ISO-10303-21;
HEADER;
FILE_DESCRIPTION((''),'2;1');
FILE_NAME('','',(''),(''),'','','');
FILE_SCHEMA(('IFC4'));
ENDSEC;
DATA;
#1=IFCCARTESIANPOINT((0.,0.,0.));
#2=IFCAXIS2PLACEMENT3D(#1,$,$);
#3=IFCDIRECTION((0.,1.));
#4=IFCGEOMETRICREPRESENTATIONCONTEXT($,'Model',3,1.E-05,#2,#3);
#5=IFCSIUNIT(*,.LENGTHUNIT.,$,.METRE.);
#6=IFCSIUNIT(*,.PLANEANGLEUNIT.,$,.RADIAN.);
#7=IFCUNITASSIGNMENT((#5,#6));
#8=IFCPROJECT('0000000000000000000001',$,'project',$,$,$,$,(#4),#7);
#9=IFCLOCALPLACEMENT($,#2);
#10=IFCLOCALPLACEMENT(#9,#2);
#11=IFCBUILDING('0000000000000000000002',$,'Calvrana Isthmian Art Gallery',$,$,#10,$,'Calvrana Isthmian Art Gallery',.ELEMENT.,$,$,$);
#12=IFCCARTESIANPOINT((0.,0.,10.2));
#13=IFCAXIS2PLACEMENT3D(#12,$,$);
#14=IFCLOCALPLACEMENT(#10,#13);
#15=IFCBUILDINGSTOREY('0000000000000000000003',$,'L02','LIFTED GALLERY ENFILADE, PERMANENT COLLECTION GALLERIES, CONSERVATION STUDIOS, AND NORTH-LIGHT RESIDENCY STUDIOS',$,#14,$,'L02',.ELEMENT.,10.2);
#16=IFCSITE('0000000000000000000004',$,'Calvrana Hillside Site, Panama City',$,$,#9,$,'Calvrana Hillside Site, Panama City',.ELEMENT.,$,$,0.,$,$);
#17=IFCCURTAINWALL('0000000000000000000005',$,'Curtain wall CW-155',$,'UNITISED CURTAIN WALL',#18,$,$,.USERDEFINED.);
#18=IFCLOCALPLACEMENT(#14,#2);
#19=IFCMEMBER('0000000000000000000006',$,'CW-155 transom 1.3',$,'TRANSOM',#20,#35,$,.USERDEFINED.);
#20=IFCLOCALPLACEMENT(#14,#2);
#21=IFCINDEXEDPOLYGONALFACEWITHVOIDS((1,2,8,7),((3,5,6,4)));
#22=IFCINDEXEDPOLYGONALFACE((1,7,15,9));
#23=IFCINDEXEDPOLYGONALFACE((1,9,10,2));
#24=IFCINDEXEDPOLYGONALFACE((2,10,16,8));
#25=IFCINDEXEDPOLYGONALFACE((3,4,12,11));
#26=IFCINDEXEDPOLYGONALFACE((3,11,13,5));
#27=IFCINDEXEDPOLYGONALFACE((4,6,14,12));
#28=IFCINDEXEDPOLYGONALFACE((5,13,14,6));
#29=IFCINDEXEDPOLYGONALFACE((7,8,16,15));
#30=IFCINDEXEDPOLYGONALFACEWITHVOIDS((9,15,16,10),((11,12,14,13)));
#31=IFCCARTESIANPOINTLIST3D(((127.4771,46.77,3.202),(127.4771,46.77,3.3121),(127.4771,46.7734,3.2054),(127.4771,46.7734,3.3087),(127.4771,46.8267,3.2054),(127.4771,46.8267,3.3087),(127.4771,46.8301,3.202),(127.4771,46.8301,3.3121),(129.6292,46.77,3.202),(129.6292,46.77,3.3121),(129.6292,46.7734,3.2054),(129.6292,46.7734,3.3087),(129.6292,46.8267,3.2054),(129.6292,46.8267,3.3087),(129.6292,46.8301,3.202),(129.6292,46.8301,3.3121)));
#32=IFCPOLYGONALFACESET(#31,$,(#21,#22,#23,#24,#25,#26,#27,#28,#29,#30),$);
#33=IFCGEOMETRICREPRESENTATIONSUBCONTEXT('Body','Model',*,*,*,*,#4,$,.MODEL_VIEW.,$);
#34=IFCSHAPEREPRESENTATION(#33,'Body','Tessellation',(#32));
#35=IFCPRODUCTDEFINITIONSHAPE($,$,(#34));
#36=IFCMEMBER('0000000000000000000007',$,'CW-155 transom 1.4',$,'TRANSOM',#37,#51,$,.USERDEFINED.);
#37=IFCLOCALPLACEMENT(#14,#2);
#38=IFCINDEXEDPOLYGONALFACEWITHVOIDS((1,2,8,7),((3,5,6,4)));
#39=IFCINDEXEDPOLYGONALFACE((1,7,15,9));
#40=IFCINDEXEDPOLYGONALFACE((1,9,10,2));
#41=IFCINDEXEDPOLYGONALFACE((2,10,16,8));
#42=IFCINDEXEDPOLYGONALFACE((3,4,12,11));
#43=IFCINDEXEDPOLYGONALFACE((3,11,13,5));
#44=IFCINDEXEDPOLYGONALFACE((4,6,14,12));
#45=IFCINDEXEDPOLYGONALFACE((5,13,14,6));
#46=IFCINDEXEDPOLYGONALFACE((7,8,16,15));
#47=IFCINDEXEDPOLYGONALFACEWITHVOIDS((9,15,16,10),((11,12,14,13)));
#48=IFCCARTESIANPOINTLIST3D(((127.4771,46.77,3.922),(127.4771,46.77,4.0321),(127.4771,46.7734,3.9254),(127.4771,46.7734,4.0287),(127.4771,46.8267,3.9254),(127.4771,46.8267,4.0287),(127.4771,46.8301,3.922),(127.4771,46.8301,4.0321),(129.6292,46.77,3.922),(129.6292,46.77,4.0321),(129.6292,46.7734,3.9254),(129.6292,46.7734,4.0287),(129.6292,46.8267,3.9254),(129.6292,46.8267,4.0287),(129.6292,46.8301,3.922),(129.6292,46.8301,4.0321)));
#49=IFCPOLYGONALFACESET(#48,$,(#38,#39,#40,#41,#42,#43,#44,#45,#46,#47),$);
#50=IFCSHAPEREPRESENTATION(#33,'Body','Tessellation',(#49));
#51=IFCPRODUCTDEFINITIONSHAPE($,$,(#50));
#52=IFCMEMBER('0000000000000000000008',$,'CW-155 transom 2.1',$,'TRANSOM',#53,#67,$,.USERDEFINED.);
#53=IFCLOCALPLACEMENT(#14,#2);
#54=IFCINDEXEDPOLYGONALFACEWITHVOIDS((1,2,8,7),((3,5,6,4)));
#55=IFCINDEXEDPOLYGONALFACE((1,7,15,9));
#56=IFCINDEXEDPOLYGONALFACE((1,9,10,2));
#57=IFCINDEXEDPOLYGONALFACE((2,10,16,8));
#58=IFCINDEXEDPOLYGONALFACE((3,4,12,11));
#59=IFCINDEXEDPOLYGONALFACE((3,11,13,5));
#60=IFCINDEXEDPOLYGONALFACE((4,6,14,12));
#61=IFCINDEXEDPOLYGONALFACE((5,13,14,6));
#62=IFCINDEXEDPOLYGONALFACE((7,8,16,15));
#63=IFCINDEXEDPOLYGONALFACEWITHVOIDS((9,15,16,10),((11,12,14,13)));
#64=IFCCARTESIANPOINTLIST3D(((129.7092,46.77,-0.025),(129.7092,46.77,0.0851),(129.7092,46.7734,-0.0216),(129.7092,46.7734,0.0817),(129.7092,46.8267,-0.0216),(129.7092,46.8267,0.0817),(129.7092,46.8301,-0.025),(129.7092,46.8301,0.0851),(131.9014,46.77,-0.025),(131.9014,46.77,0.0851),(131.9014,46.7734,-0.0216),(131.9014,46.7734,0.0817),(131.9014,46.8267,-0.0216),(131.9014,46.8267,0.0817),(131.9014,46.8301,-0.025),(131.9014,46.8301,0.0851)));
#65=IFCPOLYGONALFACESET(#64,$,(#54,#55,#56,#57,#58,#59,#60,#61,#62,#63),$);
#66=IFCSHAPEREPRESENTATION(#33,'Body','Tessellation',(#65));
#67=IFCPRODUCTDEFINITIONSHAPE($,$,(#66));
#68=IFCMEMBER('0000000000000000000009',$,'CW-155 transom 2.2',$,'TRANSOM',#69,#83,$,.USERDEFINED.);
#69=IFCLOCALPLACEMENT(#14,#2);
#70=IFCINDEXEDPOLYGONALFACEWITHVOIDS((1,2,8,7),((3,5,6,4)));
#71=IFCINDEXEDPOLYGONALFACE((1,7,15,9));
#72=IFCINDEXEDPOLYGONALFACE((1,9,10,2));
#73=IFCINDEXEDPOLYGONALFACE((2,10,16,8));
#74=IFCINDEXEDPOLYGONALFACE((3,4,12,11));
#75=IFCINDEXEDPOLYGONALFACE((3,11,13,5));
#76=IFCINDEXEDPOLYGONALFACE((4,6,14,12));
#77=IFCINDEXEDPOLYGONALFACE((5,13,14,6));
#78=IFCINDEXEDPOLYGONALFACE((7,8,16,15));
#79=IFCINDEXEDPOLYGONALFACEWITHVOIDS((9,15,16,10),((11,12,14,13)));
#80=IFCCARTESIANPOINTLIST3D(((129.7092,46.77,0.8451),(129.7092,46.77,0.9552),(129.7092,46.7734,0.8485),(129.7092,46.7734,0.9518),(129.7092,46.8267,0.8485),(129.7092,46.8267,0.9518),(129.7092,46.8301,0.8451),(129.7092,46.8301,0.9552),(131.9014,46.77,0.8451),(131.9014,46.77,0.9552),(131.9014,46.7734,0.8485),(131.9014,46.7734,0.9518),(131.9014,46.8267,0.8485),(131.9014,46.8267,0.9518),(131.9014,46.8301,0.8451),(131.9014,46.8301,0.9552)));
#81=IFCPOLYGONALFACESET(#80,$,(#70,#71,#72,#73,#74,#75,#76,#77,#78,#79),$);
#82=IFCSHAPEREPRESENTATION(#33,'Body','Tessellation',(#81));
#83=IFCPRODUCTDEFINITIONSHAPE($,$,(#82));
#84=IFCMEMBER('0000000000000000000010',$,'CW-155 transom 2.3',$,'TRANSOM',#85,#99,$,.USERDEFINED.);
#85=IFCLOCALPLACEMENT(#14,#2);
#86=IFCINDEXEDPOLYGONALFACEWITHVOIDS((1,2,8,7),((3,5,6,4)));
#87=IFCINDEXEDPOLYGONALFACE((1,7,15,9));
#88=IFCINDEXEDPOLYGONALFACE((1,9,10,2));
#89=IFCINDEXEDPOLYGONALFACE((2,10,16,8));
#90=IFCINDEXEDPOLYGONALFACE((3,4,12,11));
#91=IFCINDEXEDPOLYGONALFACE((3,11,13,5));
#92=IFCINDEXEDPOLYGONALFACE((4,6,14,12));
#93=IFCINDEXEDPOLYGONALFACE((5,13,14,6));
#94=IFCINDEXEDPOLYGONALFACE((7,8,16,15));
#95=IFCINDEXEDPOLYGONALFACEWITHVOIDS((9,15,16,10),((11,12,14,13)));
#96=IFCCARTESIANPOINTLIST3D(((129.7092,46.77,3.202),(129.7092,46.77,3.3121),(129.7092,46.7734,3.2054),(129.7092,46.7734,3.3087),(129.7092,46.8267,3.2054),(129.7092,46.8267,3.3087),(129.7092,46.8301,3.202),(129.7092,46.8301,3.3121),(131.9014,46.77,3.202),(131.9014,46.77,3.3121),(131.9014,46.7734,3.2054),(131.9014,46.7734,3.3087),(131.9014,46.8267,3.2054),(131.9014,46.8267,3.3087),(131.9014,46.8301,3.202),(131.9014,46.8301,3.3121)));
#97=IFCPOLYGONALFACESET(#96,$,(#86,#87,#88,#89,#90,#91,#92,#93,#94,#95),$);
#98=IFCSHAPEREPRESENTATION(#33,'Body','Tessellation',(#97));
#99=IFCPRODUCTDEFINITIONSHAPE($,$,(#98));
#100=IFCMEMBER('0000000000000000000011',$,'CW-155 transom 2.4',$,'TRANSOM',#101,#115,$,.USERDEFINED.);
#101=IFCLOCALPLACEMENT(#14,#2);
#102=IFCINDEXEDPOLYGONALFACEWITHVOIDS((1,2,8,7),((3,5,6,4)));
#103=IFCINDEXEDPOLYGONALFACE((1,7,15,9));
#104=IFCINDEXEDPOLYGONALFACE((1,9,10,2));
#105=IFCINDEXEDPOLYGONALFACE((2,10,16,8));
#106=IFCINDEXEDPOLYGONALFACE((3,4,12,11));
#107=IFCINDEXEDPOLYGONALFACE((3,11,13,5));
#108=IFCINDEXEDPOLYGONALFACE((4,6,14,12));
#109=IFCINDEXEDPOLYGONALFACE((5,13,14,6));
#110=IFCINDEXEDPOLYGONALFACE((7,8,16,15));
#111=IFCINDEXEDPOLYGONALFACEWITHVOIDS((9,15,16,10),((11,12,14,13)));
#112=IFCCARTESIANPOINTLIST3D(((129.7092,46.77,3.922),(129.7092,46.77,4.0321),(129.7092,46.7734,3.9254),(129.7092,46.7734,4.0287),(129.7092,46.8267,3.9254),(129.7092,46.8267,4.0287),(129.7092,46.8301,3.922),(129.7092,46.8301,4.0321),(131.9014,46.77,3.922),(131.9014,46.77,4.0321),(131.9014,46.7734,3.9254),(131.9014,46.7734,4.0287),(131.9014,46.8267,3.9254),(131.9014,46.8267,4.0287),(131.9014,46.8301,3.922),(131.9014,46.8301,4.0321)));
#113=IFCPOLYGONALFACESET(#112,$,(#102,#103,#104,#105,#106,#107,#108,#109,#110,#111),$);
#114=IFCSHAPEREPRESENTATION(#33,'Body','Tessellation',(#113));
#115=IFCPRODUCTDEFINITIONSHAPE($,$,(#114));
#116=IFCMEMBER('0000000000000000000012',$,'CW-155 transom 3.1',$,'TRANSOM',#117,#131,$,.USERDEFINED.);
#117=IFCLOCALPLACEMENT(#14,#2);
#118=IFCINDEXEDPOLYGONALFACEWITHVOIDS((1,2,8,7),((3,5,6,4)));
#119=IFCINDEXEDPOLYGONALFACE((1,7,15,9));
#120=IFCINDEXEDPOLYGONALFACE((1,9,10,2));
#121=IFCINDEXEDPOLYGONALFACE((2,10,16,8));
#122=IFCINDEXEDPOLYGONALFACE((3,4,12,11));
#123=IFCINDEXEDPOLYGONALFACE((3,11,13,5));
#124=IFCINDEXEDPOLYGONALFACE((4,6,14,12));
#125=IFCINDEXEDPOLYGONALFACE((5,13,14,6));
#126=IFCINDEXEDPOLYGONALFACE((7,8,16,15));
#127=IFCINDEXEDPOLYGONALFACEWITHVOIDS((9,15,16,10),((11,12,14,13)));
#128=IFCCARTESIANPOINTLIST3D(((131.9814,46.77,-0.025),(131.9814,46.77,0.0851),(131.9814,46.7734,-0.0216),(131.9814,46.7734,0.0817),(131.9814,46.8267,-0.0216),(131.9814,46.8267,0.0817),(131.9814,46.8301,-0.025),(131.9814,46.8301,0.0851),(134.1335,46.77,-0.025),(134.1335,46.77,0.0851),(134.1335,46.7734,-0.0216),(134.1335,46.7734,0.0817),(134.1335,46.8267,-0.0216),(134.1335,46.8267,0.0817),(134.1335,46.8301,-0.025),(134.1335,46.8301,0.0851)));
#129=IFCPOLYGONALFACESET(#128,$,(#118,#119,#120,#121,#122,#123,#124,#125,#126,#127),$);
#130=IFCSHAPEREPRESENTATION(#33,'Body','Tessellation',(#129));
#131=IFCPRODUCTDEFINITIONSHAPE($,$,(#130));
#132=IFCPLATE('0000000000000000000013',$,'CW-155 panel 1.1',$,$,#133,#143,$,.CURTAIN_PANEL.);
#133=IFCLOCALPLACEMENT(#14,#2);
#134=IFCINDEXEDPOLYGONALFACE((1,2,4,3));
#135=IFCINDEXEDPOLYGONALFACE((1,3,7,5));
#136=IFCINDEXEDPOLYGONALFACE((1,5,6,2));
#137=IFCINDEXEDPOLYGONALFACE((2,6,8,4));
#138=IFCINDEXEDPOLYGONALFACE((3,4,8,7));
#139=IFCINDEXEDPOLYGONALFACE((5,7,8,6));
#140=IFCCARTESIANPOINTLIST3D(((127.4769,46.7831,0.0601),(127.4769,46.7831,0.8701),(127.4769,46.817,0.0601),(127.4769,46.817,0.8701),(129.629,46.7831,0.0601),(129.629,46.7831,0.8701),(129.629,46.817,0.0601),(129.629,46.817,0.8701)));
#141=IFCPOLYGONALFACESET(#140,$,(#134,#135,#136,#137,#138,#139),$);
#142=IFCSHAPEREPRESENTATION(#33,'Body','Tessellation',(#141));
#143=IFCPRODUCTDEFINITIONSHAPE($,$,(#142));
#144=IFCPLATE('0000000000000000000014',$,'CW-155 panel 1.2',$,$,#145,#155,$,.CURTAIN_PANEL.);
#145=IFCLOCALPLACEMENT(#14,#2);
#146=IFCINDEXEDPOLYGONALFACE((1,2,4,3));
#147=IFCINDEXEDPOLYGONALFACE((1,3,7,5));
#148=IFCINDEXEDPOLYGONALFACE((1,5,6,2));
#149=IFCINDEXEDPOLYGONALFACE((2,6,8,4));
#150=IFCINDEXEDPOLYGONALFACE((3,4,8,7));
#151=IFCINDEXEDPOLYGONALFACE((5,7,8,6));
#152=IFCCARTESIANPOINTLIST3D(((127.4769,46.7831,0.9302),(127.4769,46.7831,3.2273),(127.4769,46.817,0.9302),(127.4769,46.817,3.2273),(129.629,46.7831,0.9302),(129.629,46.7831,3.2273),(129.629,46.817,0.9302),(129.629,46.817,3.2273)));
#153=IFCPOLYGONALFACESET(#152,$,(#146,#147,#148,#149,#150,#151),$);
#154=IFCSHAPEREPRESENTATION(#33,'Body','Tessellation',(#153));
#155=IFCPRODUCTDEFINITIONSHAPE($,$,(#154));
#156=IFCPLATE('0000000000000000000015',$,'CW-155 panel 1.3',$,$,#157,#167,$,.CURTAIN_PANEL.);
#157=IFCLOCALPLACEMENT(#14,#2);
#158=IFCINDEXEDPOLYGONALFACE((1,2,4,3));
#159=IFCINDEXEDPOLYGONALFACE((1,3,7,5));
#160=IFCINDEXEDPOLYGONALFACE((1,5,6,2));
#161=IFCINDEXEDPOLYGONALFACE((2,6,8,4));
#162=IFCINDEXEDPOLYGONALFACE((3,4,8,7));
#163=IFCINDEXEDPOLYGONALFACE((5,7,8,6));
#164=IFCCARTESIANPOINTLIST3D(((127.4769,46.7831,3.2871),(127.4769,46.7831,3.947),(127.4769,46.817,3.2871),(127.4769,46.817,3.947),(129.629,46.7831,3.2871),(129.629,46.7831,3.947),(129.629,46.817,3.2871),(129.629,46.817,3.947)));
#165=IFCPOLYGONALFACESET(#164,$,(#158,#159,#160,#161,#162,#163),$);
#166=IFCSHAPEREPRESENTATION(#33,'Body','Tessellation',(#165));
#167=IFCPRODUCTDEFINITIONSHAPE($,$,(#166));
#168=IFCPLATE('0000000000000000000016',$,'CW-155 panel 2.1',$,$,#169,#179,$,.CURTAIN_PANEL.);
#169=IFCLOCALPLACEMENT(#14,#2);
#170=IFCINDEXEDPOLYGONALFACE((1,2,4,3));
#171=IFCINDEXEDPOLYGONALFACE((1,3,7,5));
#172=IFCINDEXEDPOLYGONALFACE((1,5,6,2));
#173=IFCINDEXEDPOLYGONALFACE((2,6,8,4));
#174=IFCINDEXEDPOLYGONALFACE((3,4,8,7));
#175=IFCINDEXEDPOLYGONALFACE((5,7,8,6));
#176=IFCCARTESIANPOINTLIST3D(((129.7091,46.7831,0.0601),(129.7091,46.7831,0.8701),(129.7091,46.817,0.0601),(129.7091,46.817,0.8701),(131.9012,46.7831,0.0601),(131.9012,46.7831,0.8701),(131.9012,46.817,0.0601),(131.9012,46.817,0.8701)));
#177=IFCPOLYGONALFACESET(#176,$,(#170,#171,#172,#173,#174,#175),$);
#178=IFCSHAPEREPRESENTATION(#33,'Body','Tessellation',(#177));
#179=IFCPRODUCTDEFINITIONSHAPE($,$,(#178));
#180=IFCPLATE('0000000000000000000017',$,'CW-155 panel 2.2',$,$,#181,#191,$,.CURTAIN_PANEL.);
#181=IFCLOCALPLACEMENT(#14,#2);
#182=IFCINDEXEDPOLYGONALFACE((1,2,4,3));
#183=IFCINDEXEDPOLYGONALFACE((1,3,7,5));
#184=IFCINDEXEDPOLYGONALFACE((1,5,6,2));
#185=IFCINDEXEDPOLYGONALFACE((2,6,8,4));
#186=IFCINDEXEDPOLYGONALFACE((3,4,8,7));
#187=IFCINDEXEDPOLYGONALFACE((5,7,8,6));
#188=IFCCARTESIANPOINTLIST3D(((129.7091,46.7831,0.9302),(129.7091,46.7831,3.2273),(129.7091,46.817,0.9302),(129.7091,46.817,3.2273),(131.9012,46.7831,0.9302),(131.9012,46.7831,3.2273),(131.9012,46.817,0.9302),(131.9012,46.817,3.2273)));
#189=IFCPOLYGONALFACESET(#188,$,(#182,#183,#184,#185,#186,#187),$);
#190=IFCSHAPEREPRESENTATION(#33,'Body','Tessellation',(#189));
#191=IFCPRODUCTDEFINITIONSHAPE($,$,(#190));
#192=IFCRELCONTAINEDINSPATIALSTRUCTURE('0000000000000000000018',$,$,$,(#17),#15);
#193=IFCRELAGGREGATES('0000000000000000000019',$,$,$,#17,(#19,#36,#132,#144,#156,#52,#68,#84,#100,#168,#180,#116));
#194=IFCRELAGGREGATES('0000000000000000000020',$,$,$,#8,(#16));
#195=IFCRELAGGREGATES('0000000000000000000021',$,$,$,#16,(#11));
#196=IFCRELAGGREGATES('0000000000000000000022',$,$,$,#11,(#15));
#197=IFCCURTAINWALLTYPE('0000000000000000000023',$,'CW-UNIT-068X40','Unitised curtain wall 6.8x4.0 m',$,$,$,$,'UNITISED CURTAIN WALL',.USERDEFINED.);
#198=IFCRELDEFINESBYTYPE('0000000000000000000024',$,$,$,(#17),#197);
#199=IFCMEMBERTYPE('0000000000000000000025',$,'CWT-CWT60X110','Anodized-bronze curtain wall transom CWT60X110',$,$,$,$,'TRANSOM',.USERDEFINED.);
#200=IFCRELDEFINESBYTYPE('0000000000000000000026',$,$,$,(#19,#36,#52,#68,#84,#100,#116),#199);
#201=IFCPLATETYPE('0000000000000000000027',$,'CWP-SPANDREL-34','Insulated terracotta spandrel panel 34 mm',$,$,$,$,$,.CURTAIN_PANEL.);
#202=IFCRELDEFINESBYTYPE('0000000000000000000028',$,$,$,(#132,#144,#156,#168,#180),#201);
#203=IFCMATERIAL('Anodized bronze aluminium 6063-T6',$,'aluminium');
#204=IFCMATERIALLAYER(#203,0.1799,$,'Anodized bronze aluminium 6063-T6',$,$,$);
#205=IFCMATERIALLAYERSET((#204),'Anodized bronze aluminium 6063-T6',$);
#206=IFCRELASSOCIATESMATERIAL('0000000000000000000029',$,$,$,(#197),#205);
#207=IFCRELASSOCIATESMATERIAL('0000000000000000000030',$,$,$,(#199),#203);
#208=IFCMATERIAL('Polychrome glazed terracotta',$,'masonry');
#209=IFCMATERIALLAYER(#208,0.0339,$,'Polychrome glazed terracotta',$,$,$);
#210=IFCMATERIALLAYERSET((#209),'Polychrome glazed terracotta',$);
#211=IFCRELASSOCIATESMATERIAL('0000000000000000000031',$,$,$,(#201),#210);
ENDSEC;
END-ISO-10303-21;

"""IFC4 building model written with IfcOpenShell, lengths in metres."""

from ifc_helpers import new_model, si_unit, direction, frame, origin, origin_2d, place, context, subcontext, project, spatial, rectangle, hollow_rectangle, extrude, material, layer, layer_set, material_profile, profile_set, type_object, element, aggregate, save


model = new_model("IFC4")

# Units and contexts
model_context = context("Model", 3, precision=1e-05, world=origin(), true_north=direction((0.0, 1.0)))
body_context = subcontext(model_context, "Body", "Model", "MODEL_VIEW")
ifc_project = project(units=[si_unit("LENGTHUNIT", "METRE"), si_unit("PLANEANGLEUNIT", "RADIAN")], contexts=[model_context])

# Site, building, storey
site_placement = place(None, origin())
site = spatial("IfcSite", under=ifc_project, at=site_placement, Name="Calvrana Hillside Site, Panama City", LongName="Calvrana Hillside Site, Panama City", CompositionType="ELEMENT", RefElevation=0.0)
building_placement = place(site_placement, origin())
building = spatial("IfcBuilding", under=site, at=building_placement, Name="Calvrana Isthmian Art Gallery", LongName="Calvrana Isthmian Art Gallery", CompositionType="ELEMENT")
storey_placement = place(building_placement, frame((0.0, 0.0, 10.2)))
storey = spatial("IfcBuildingStorey", under=building, at=storey_placement, Name="L02", Description="LIFTED GALLERY ENFILADE, PERMANENT COLLECTION GALLERIES, CONSERVATION STUDIOS, AND NORTH-LIGHT RESIDENCY STUDIOS", LongName="L02", CompositionType="ELEMENT", Elevation=10.2)

# Curtain wall, members, plates
ifc_material_1 = material(Name="Anodized bronze aluminium 6063-T6", Category="aluminium")
ifc_layer_1 = layer(ifc_material_1, 0.1799, Name="Anodized bronze aluminium 6063-T6")
ifc_layer_set_1 = layer_set([ifc_layer_1], Name="Anodized bronze aluminium 6063-T6")
curtain_wall_type = type_object("IfcCurtainWallType", Name="CW-UNIT-068X40", Description="Unitised curtain wall 6.8x4.0 m", ElementType="UNITISED CURTAIN WALL", PredefinedType="USERDEFINED", material=ifc_layer_set_1)
curtain_wall_placement = place(storey_placement, origin())
curtain_wall = element("IfcCurtainWall", 1, at=curtain_wall_placement, inside=storey, type_object=curtain_wall_type, Name="Curtain wall CW-155", ObjectType="UNITISED CURTAIN WALL", PredefinedType="USERDEFINED")
ifc_material_profile_1 = material_profile(ifc_material_1, hollow_rectangle(XDim=0.0601, YDim=0.1101, WallThickness=0.0034, at=origin_2d()), Name="CWT60X110")
ifc_profile_set_1 = profile_set([ifc_material_profile_1], Name="Anodized bronze aluminium 6063-T6")
member_type_1 = type_object("IfcMemberType", Name="CWT-CWT60X110", Description="Anodized-bronze curtain wall transom CWT60X110", ElementType="TRANSOM", PredefinedType="USERDEFINED", material=ifc_profile_set_1)
member_1_placement = place(storey_placement, frame((127.4771, 46.8, 3.2571), z_axis=(1.0, 0.0, 0.0), x_axis=(0.0, 1.0, 0.0)))
member_1 = element("IfcMember", 2, at=member_1_placement, type_object=member_type_1, Name="CW-155 transom 1.3", ObjectType="TRANSOM", PredefinedType="USERDEFINED", context=body_context, shape_type="SweptSolid", body=[
    extrude(hollow_rectangle(XDim=0.0601, YDim=0.1101, WallThickness=0.0034, at=origin_2d()), origin(), (0.0, 0.0, 1.0), 2.1521),
])
member_2_placement = place(storey_placement, frame((127.4771, 46.8, 3.9771), z_axis=(1.0, 0.0, 0.0), x_axis=(0.0, 1.0, 0.0)))
member_2 = element("IfcMember", 3, at=member_2_placement, type_object=member_type_1, Name="CW-155 transom 1.4", ObjectType="TRANSOM", PredefinedType="USERDEFINED", context=body_context, shape_type="SweptSolid", body=[
    extrude(hollow_rectangle(XDim=0.0601, YDim=0.1101, WallThickness=0.0034, at=origin_2d()), origin(), (0.0, 0.0, 1.0), 2.1521),
])
member_3_placement = place(storey_placement, frame((129.7092, 46.8, 0.03), z_axis=(1.0, 0.0, 0.0), x_axis=(0.0, 1.0, 0.0)))
member_3 = element("IfcMember", 4, at=member_3_placement, type_object=member_type_1, Name="CW-155 transom 2.1", ObjectType="TRANSOM", PredefinedType="USERDEFINED", context=body_context, shape_type="SweptSolid", body=[
    extrude(hollow_rectangle(XDim=0.0601, YDim=0.1101, WallThickness=0.0034, at=origin_2d()), origin(), (0.0, 0.0, 1.0), 2.1921),
])
member_4_placement = place(storey_placement, frame((129.7092, 46.8, 0.9001), z_axis=(1.0, 0.0, 0.0), x_axis=(0.0, 1.0, 0.0)))
member_4 = element("IfcMember", 5, at=member_4_placement, type_object=member_type_1, Name="CW-155 transom 2.2", ObjectType="TRANSOM", PredefinedType="USERDEFINED", context=body_context, shape_type="SweptSolid", body=[
    extrude(hollow_rectangle(XDim=0.0601, YDim=0.1101, WallThickness=0.0034, at=origin_2d()), origin(), (0.0, 0.0, 1.0), 2.1921),
])
member_5_placement = place(storey_placement, frame((129.7092, 46.8, 3.2571), z_axis=(1.0, 0.0, 0.0), x_axis=(0.0, 1.0, 0.0)))
member_5 = element("IfcMember", 6, at=member_5_placement, type_object=member_type_1, Name="CW-155 transom 2.3", ObjectType="TRANSOM", PredefinedType="USERDEFINED", context=body_context, shape_type="SweptSolid", body=[
    extrude(hollow_rectangle(XDim=0.0601, YDim=0.1101, WallThickness=0.0034, at=origin_2d()), origin(), (0.0, 0.0, 1.0), 2.1921),
])
member_6_placement = place(storey_placement, frame((129.7092, 46.8, 3.9771), z_axis=(1.0, 0.0, 0.0), x_axis=(0.0, 1.0, 0.0)))
member_6 = element("IfcMember", 7, at=member_6_placement, type_object=member_type_1, Name="CW-155 transom 2.4", ObjectType="TRANSOM", PredefinedType="USERDEFINED", context=body_context, shape_type="SweptSolid", body=[
    extrude(hollow_rectangle(XDim=0.0601, YDim=0.1101, WallThickness=0.0034, at=origin_2d()), origin(), (0.0, 0.0, 1.0), 2.1921),
])
member_7_placement = place(storey_placement, frame((131.9814, 46.8, 0.03), z_axis=(1.0, 0.0, 0.0), x_axis=(0.0, 1.0, 0.0)))
member_7 = element("IfcMember", 8, at=member_7_placement, type_object=member_type_1, Name="CW-155 transom 3.1", ObjectType="TRANSOM", PredefinedType="USERDEFINED", context=body_context, shape_type="SweptSolid", body=[
    extrude(hollow_rectangle(XDim=0.0601, YDim=0.1101, WallThickness=0.0034, at=origin_2d()), origin(), (0.0, 0.0, 1.0), 2.1521),
])
ifc_material_2 = material(Name="Polychrome glazed terracotta", Category="masonry")
ifc_layer_2 = layer(ifc_material_2, 0.0339, Name="Polychrome glazed terracotta")
ifc_layer_set_2 = layer_set([ifc_layer_2], Name="Polychrome glazed terracotta")
plate_type_1 = type_object("IfcPlateType", Name="CWP-SPANDREL-34", Description="Insulated terracotta spandrel panel 34 mm", PredefinedType="CURTAIN_PANEL", material=ifc_layer_set_2)
plate_1_placement = place(storey_placement, frame((128.553, 46.8, 0.0601), z_axis=(0.0, 0.0, 1.0), x_axis=(1.0, 0.0, 0.0)))
plate_1 = element("IfcPlate", 9, at=plate_1_placement, type_object=plate_type_1, Name="CW-155 panel 1.1", PredefinedType="CURTAIN_PANEL", context=body_context, shape_type="SweptSolid", body=[
    extrude(rectangle(XDim=2.1521, YDim=0.0339, at=origin_2d()), origin(), (0.0, 0.0, 1.0), 0.8101),
])
plate_2_placement = place(storey_placement, frame((128.553, 46.8, 0.9302), z_axis=(0.0, 0.0, 1.0), x_axis=(1.0, 0.0, 0.0)))
plate_2 = element("IfcPlate", 10, at=plate_2_placement, type_object=plate_type_1, Name="CW-155 panel 1.2", PredefinedType="CURTAIN_PANEL", context=body_context, shape_type="SweptSolid", body=[
    extrude(rectangle(XDim=2.1521, YDim=0.0339, at=origin_2d()), origin(), (0.0, 0.0, 1.0), 2.2971),
])
plate_3_placement = place(storey_placement, frame((128.553, 46.8, 3.2871), z_axis=(0.0, 0.0, 1.0), x_axis=(1.0, 0.0, 0.0)))
plate_3 = element("IfcPlate", 11, at=plate_3_placement, type_object=plate_type_1, Name="CW-155 panel 1.3", PredefinedType="CURTAIN_PANEL", context=body_context, shape_type="SweptSolid", body=[
    extrude(rectangle(XDim=2.1521, YDim=0.0339, at=origin_2d()), origin(), (0.0, 0.0, 1.0), 0.6599),
])
plate_4_placement = place(storey_placement, frame((130.8052, 46.8, 0.0601), z_axis=(0.0, 0.0, 1.0), x_axis=(1.0, 0.0, 0.0)))
plate_4 = element("IfcPlate", 12, at=plate_4_placement, type_object=plate_type_1, Name="CW-155 panel 2.1", PredefinedType="CURTAIN_PANEL", context=body_context, shape_type="SweptSolid", body=[
    extrude(rectangle(XDim=2.1921, YDim=0.0339, at=origin_2d()), origin(), (0.0, 0.0, 1.0), 0.8101),
])
plate_5_placement = place(storey_placement, frame((130.8052, 46.8, 0.9302), z_axis=(0.0, 0.0, 1.0), x_axis=(1.0, 0.0, 0.0)))
plate_5 = element("IfcPlate", 13, at=plate_5_placement, type_object=plate_type_1, Name="CW-155 panel 2.2", PredefinedType="CURTAIN_PANEL", context=body_context, shape_type="SweptSolid", body=[
    extrude(rectangle(XDim=2.1921, YDim=0.0339, at=origin_2d()), origin(), (0.0, 0.0, 1.0), 2.2971),
])
aggregate(curtain_wall, [member_1, member_2, plate_1, plate_2, plate_3, member_3, member_4, member_5, member_6, plate_4, plate_5, member_7])

save(model, "model.ifc")
